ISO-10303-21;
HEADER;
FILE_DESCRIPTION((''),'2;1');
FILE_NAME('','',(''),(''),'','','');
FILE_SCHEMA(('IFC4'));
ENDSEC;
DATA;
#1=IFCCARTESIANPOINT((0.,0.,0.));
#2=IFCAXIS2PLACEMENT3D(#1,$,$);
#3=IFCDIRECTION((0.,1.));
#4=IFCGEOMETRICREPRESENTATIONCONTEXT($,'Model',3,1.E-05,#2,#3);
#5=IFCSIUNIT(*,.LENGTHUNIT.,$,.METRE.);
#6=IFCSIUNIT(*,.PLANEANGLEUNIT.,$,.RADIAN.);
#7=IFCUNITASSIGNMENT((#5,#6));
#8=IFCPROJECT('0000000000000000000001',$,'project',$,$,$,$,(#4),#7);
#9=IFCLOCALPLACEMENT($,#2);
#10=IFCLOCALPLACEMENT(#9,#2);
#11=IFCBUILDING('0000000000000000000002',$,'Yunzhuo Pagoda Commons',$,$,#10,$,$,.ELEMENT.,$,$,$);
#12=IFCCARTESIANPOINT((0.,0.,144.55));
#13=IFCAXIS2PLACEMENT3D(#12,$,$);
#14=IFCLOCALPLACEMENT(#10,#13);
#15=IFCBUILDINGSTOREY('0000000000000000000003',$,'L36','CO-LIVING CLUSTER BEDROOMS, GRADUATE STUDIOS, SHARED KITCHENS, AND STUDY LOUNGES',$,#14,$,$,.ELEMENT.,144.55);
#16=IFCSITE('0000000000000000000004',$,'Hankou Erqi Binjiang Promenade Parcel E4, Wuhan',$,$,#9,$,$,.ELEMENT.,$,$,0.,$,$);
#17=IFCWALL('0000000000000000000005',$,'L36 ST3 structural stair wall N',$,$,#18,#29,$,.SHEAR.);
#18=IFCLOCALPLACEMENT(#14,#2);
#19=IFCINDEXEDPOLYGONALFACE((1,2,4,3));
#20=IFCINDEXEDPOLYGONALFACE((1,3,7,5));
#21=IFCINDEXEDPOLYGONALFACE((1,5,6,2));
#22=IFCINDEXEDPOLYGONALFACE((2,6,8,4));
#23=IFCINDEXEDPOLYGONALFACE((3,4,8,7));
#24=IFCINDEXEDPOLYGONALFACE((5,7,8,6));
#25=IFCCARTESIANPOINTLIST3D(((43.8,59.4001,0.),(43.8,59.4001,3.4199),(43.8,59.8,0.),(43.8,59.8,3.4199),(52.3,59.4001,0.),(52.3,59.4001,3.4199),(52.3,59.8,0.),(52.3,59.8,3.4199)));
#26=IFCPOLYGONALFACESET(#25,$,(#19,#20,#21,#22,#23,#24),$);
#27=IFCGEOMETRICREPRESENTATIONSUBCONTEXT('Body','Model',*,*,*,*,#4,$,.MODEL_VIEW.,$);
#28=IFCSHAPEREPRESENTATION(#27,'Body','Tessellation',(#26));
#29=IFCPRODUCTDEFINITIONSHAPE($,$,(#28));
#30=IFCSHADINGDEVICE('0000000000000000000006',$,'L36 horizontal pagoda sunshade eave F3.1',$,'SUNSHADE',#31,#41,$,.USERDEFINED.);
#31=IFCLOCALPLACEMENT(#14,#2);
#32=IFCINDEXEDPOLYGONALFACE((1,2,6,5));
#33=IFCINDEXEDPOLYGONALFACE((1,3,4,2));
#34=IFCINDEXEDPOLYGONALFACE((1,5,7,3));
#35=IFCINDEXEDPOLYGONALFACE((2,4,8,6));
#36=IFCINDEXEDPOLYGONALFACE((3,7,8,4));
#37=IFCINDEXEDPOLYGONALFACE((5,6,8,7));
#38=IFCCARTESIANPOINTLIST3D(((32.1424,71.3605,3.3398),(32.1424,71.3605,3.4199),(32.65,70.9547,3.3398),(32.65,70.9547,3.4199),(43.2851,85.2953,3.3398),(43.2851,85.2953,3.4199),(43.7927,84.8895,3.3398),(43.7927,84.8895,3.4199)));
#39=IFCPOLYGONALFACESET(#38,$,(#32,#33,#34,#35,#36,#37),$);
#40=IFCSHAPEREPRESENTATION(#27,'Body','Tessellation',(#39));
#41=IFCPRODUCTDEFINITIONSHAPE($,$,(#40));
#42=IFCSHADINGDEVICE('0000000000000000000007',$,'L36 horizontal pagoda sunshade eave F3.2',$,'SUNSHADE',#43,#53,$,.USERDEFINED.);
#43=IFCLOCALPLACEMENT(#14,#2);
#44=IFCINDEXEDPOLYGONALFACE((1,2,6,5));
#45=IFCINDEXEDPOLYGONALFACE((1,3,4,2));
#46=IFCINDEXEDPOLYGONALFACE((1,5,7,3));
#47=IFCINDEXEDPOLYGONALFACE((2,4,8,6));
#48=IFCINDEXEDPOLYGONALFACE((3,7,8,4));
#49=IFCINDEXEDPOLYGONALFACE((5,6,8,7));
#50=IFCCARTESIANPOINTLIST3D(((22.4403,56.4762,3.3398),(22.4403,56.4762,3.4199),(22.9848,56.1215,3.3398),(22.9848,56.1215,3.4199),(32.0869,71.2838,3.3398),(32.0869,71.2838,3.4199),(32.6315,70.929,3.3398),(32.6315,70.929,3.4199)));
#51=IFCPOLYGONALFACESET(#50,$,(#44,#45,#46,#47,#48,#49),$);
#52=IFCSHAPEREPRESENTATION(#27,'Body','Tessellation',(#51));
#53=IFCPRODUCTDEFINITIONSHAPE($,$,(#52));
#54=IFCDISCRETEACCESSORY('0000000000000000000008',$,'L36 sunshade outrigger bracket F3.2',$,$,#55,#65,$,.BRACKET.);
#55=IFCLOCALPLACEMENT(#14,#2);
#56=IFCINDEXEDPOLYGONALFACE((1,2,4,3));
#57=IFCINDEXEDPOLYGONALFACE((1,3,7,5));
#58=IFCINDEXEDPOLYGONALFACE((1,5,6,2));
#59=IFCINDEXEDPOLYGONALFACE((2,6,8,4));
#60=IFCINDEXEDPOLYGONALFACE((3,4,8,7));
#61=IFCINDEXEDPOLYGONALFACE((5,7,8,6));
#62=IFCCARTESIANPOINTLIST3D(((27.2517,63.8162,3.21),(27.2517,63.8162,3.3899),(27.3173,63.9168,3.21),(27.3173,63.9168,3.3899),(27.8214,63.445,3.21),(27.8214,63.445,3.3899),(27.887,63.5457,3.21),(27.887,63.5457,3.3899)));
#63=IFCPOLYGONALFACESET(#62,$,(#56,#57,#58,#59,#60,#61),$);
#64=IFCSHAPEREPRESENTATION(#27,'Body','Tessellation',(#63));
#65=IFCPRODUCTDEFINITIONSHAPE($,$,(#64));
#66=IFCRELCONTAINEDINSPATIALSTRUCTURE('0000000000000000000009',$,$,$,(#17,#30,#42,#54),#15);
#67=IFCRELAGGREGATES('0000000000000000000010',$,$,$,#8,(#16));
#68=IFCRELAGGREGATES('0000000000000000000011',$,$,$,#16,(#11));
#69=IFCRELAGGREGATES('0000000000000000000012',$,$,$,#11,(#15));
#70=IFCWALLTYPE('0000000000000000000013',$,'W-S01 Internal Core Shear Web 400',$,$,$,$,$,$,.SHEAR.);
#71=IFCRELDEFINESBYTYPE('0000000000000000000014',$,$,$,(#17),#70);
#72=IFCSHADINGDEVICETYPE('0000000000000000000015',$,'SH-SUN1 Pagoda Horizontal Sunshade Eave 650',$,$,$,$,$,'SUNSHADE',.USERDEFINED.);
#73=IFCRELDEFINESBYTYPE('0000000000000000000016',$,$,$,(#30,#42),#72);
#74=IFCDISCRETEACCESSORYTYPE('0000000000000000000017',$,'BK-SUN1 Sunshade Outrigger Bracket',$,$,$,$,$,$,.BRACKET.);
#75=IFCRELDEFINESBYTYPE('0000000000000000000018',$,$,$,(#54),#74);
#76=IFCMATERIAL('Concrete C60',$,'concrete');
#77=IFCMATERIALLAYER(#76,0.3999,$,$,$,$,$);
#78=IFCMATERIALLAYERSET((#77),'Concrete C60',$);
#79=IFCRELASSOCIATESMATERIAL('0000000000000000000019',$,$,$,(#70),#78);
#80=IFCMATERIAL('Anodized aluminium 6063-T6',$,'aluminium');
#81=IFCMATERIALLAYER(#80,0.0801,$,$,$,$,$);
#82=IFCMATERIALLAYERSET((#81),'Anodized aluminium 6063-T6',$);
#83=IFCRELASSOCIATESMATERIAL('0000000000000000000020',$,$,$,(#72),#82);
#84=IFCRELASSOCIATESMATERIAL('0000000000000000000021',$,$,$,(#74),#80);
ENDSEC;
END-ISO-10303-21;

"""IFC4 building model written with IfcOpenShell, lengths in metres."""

from ifc_helpers import new_model, si_unit, direction, frame, frame_2d, origin, origin_2d, place, context, subcontext, project, spatial, rectangle, extrude, source, transform, mapped, material, layer, layer_set, type_object, element, save


model = new_model("IFC4")

# Units and contexts
model_context = context("Model", 3, precision=1e-05, world=origin(), true_north=direction((0.0, 1.0)))
body_context = subcontext(model_context, "Body", "Model", "MODEL_VIEW")
ifc_project = project(units=[si_unit("LENGTHUNIT", "METRE"), si_unit("PLANEANGLEUNIT", "RADIAN")], contexts=[model_context])

# Site, building, storey
site_placement = place(None, origin())
site = spatial("IfcSite", under=ifc_project, at=site_placement, Name="Hankou Erqi Binjiang Promenade Parcel E4, Wuhan", CompositionType="ELEMENT", RefElevation=0.0)
building_placement = place(site_placement, origin())
building = spatial("IfcBuilding", under=site, at=building_placement, Name="Yunzhuo Pagoda Commons", CompositionType="ELEMENT")
storey_placement = place(building_placement, frame((0.0, 0.0, 144.55)))
storey = spatial("IfcBuildingStorey", under=building, at=storey_placement, Name="L36", Description="CO-LIVING CLUSTER BEDROOMS, GRADUATE STUDIOS, SHARED KITCHENS, AND STUDY LOUNGES", CompositionType="ELEMENT", Elevation=144.55)

# Shared definitions
ifc_material_1 = material(Name="Anodized aluminium 6063-T6", Category="aluminium")

# Wall
ifc_material_2 = material(Name="Concrete C60", Category="concrete")
ifc_layer_1 = layer(ifc_material_2, 0.3999)
ifc_layer_set_1 = layer_set([ifc_layer_1], Name="Concrete C60")
wall_type = type_object("IfcWallType", Name="W-S01 Internal Core Shear Web 400", PredefinedType="SHEAR", material=ifc_layer_set_1)
wall_placement = place(storey_placement, frame((43.8, 59.6001, 0.0), z_axis=(0.0, 0.0, 1.0), x_axis=(1.0, 0.0, 0.0)))
element("IfcWall", 1, at=wall_placement, inside=storey, type_object=wall_type, Name="L36 ST3 structural stair wall N", PredefinedType="SHEAR", context=body_context, shape_type="SweptSolid", body=[
    extrude(rectangle(XDim=8.5, YDim=0.3999, at=frame_2d((4.25, 0.0))), origin(), (0.0, 0.0, 1.0), 3.4199),
])

# Shading devices
ifc_layer_2 = layer(ifc_material_1, 0.0801)
ifc_layer_set_2 = layer_set([ifc_layer_2], Name="Anodized aluminium 6063-T6")
shading_device_type = type_object("IfcShadingDeviceType", Name="SH-SUN1 Pagoda Horizontal Sunshade Eave 650", ElementType="SUNSHADE", PredefinedType="USERDEFINED", material=ifc_layer_set_2)
shared_shape_1 = source(origin(), body_context, "Body", "SweptSolid", [
    extrude(rectangle(XDim=17.842, YDim=0.6499, at=origin_2d()), origin(), (0.0, 0.0, 1.0), 0.0801),
])
shading_device_1_placement = place(storey_placement, frame((37.9675, 78.125, 3.3398), z_axis=(0.0, 0.0, 1.0), x_axis=(-0.62452, -0.781008, 0.0)))
element("IfcShadingDevice", 2, at=shading_device_1_placement, inside=storey, type_object=shading_device_type, Name="L36 horizontal pagoda sunshade eave F3.1", ObjectType="SUNSHADE", PredefinedType="USERDEFINED", context=body_context, shape_type="MappedRepresentation", body=[
    mapped(shared_shape_1, transform((0.0, 0.0, 0.0), scale=1.0)),
])
shared_shape_2 = source(origin(), body_context, "Body", "SweptSolid", [
    extrude(rectangle(XDim=17.6726, YDim=0.6499, at=origin_2d()), origin(), (0.0, 0.0, 1.0), 0.0801),
])
shading_device_2_placement = place(storey_placement, frame((27.5359, 63.7026, 3.3398), z_axis=(0.0, 0.0, 1.0), x_axis=(-0.545853, -0.837881, 0.0)))
element("IfcShadingDevice", 3, at=shading_device_2_placement, inside=storey, type_object=shading_device_type, Name="L36 horizontal pagoda sunshade eave F3.2", ObjectType="SUNSHADE", PredefinedType="USERDEFINED", context=body_context, shape_type="MappedRepresentation", body=[
    mapped(shared_shape_2, transform((0.0, 0.0, 0.0), scale=1.0)),
])

# Discrete accessory
discrete_accessory_type = type_object("IfcDiscreteAccessoryType", Name="BK-SUN1 Sunshade Outrigger Bracket", PredefinedType="BRACKET", material=ifc_material_1)
shared_shape_3 = source(origin(), body_context, "Body", "SweptSolid", [
    extrude(rectangle(XDim=0.1201, YDim=0.6799, at=origin_2d()), origin(), (0.0, 0.0, 1.0), 0.1799),
])
discrete_accessory_placement = place(storey_placement, frame((27.5693, 63.6809, 3.21), z_axis=(0.0, 0.0, 1.0), x_axis=(-0.545853, -0.837881, 0.0)))
element("IfcDiscreteAccessory", 4, at=discrete_accessory_placement, inside=storey, type_object=discrete_accessory_type, Name="L36 sunshade outrigger bracket F3.2", PredefinedType="BRACKET", context=body_context, shape_type="MappedRepresentation", body=[
    mapped(shared_shape_3, transform((0.0, 0.0, 0.0), scale=1.0)),
])

save(model, "model.ifc")
